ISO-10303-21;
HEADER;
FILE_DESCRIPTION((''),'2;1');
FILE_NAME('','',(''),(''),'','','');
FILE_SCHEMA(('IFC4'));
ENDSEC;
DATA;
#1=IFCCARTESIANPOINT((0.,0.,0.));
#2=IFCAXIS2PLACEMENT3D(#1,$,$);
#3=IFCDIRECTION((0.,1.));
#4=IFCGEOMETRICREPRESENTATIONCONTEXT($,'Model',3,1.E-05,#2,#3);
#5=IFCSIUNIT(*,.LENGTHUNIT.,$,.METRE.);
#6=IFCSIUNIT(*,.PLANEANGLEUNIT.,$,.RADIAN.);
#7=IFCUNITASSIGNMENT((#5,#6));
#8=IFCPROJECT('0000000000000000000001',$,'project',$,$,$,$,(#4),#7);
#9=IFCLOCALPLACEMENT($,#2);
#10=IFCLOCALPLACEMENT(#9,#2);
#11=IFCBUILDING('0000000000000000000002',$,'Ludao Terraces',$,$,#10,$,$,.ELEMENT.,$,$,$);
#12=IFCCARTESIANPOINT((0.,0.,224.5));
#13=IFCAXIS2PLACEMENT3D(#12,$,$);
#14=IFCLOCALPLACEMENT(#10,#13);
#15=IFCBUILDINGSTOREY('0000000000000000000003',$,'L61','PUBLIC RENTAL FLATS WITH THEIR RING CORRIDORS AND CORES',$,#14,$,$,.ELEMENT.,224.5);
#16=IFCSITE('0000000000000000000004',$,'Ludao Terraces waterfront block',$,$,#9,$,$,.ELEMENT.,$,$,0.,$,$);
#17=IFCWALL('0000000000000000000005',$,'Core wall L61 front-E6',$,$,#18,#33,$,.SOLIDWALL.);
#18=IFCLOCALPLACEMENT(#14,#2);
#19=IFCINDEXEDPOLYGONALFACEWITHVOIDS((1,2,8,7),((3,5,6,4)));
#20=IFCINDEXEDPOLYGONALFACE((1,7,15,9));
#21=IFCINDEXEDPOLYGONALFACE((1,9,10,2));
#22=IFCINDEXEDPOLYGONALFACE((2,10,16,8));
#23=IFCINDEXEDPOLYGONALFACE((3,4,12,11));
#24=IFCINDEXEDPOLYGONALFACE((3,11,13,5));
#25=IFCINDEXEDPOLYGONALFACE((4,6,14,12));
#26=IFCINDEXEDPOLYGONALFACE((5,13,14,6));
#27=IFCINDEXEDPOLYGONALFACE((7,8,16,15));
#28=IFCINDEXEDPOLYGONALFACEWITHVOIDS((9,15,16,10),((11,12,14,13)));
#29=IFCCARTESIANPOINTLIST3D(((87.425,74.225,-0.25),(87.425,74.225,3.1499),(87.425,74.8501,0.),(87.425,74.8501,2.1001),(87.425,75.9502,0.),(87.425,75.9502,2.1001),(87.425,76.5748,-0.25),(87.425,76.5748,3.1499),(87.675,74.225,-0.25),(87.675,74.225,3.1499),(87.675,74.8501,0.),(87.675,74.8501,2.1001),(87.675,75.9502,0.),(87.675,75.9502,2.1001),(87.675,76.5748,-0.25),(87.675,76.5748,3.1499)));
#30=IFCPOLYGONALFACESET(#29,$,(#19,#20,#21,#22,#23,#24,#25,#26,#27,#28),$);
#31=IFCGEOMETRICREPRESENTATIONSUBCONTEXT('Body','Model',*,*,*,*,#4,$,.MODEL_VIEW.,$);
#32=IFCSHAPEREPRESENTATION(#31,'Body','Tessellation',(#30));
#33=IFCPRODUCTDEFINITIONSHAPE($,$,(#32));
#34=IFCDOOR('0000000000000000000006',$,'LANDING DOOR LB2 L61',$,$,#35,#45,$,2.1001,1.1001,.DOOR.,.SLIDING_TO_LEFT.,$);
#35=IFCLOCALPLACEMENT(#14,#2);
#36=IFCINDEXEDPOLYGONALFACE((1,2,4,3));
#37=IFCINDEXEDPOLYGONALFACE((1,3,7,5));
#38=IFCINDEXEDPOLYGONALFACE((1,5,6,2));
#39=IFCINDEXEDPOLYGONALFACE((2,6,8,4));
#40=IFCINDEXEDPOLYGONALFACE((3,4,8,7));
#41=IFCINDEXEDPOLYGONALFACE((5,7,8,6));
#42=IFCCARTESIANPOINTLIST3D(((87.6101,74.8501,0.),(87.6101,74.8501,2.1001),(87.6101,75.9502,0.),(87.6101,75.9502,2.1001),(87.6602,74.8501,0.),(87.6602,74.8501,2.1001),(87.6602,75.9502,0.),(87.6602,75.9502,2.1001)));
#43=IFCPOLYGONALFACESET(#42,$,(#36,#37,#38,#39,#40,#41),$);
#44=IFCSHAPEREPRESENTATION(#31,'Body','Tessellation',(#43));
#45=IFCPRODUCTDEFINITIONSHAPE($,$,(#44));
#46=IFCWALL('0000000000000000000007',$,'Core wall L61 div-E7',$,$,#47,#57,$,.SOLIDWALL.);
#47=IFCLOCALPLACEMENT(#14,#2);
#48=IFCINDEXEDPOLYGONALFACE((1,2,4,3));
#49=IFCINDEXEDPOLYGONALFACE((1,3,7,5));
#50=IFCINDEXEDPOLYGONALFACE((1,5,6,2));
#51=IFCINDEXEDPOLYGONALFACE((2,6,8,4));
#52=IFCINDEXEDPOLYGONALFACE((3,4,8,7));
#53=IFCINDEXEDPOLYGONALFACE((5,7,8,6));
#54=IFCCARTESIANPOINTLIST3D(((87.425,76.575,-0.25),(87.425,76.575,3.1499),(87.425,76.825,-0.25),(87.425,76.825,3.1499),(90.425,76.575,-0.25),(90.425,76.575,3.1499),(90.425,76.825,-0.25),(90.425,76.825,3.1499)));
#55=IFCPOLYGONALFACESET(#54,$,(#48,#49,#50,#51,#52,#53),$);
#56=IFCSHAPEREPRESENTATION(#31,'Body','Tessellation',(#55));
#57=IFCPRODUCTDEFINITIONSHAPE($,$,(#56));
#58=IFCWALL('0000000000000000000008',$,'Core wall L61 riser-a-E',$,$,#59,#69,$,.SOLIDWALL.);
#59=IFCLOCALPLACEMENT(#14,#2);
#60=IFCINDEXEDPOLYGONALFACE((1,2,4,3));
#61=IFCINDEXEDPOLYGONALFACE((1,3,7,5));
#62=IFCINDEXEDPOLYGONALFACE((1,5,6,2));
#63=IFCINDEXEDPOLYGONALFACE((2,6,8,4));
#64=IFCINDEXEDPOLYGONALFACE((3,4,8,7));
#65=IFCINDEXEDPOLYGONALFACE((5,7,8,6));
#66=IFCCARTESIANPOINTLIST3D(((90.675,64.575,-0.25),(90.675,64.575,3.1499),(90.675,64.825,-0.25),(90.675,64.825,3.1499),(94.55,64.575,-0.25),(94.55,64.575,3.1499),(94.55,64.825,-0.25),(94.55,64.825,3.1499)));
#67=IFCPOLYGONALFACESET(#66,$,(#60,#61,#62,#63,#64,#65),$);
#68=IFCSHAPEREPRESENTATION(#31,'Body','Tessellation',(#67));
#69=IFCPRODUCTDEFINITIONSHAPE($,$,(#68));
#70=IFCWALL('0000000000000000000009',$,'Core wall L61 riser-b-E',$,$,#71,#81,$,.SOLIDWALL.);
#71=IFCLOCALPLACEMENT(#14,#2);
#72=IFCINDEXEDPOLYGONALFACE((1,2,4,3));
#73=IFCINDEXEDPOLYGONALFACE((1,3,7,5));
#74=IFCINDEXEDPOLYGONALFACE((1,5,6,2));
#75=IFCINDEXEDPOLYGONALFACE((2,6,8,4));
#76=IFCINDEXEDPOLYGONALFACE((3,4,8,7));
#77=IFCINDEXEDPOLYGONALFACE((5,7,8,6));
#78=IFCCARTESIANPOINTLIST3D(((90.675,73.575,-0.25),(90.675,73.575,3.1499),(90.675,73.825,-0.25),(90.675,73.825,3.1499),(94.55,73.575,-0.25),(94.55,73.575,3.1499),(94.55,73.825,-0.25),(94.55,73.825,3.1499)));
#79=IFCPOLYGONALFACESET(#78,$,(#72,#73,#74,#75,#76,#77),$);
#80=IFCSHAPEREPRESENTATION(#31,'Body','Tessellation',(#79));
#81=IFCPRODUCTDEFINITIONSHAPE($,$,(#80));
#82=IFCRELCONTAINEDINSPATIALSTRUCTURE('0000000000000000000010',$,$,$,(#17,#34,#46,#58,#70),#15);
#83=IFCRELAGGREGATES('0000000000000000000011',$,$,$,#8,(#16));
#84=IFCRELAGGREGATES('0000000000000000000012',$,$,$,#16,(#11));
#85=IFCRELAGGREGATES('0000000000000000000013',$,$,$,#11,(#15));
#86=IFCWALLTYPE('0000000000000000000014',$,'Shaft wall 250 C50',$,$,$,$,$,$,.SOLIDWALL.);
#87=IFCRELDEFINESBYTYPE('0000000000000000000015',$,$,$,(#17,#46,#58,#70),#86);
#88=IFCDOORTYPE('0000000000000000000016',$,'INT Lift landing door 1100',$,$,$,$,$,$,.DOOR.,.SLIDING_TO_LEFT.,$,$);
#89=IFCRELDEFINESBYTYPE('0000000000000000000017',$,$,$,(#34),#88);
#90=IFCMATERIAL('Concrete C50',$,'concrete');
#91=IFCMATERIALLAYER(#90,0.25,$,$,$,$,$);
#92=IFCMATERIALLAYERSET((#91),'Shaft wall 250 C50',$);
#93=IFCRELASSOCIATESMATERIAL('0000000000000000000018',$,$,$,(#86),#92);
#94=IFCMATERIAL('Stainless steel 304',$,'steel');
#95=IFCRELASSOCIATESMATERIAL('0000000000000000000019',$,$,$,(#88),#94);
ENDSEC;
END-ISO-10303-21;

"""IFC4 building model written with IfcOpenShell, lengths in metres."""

from ifc_helpers import new_model, si_unit, direction, frame, frame_2d, origin, place, context, subcontext, project, spatial, rectangle, extrude, material, layer, layer_set, type_object, element, fill, save


model = new_model("IFC4")

# Units and contexts
model_context = context("Model", 3, precision=1e-05, world=origin(), true_north=direction((0.0, 1.0)))
body_context = subcontext(model_context, "Body", "Model", "MODEL_VIEW")
ifc_project = project(units=[si_unit("LENGTHUNIT", "METRE"), si_unit("PLANEANGLEUNIT", "RADIAN")], contexts=[model_context])

# Site, building, storey
site_placement = place(None, origin())
site = spatial("IfcSite", under=ifc_project, at=site_placement, Name="Ludao Terraces waterfront block", CompositionType="ELEMENT", RefElevation=0.0)
building_placement = place(site_placement, origin())
building = spatial("IfcBuilding", under=site, at=building_placement, Name="Ludao Terraces", CompositionType="ELEMENT")
storey_placement = place(building_placement, frame((0.0, 0.0, 224.5)))
storey = spatial("IfcBuildingStorey", under=building, at=storey_placement, Name="L61", Description="PUBLIC RENTAL FLATS WITH THEIR RING CORRIDORS AND CORES", CompositionType="ELEMENT", Elevation=224.5)

# Shared definitions
ifc_material_1 = material(Name="Concrete C50", Category="concrete")
ifc_layer_1 = layer(ifc_material_1, 0.25)
ifc_layer_set_1 = layer_set([ifc_layer_1], Name="Shaft wall 250 C50")
wall_type_1 = type_object("IfcWallType", Name="Shaft wall 250 C50", PredefinedType="SOLIDWALL", material=ifc_layer_set_1)

# Shared definitions
ifc_material_2 = material(Name="Stainless steel 304", Category="steel")
door_type_1 = type_object("IfcDoorType", Name="INT Lift landing door 1100", OperationType="SLIDING_TO_LEFT", PredefinedType="DOOR", material=ifc_material_2)

# Wall, opening, door
wall_1_placement = place(storey_placement, frame((87.55, 74.2251, -0.25), z_axis=(0.0, 0.0, 1.0), x_axis=(0.0, 1.0, 0.0)))
wall_1 = element("IfcWall", 1, at=wall_1_placement, inside=storey, type_object=wall_type_1, Name="Core wall L61 front-E6", PredefinedType="SOLIDWALL", context=body_context, shape_type="SweptSolid", body=[
    extrude(rectangle(XDim=2.3499, YDim=0.25, at=frame_2d((1.1748, 0.0))), origin(), (0.0, 0.0, 1.0), 3.3999),
])
opening_1_placement = place(wall_1_placement, frame((0.625, 0.0, 0.25)))
opening_1 = element("IfcOpeningElement", 2, at=opening_1_placement, cuts=wall_1, PredefinedType="OPENING", context=body_context, shape_type="SweptSolid", body=[
    extrude(rectangle(XDim=1.1001, YDim=2.1001, at=frame_2d((0.55, 1.05))), frame((0.0, 0.135, 0.0), z_axis=(0.0, -1.0, 0.0), x_axis=(1.0, 0.0, 0.0)), (0.0, 0.0, 1.0), 0.27),
])
door_1_placement = place(opening_1_placement, origin())
door_1 = element("IfcDoor", 3, at=door_1_placement, inside=storey, type_object=door_type_1, Name="LANDING DOOR LB2 L61", OperationType="SLIDING_TO_LEFT", OverallHeight=2.1001, OverallWidth=1.1001, PredefinedType="DOOR", context=body_context, shape_type="SweptSolid", body=[
    extrude(rectangle(XDim=1.1001, YDim=2.1001, at=frame_2d((0.55, 1.05))), frame((0.0, -0.0601, 0.0), z_axis=(0.0, -1.0, 0.0), x_axis=(1.0, 0.0, 0.0)), (0.0, 0.0, 1.0), 0.05),
])
fill(opening_1, door_1)

# Walls
wall_2_placement = place(storey_placement, frame((87.425, 76.7, -0.25), z_axis=(0.0, 0.0, 1.0), x_axis=(1.0, 0.0, 0.0)))
element("IfcWall", 4, at=wall_2_placement, inside=storey, type_object=wall_type_1, Name="Core wall L61 div-E7", PredefinedType="SOLIDWALL", context=body_context, shape_type="SweptSolid", body=[
    extrude(rectangle(XDim=3.0, YDim=0.25, at=frame_2d((1.5, 0.0))), origin(), (0.0, 0.0, 1.0), 3.3999),
])
for number, where, z_axis, x_axis, name in (
    (5, (90.675, 64.7, -0.25), (0.0, 0.0, 1.0), (1.0, 0.0, 0.0), "Core wall L61 riser-a-E"),
    (6, (90.675, 73.7, -0.25), (0.0, 0.0, 1.0), (1.0, 0.0, 0.0), "Core wall L61 riser-b-E"),
):
    element("IfcWall", number, at=place(storey_placement, frame(where, z_axis=z_axis, x_axis=x_axis)), inside=storey, type_object=wall_type_1, Name=name, PredefinedType="SOLIDWALL", context=body_context, shape_type="SweptSolid", body=[
        extrude(rectangle(XDim=3.875, YDim=0.25, at=frame_2d((1.9375, 0.0))), origin(), (0.0, 0.0, 1.0), 3.3999),
    ])

save(model, "model.ifc")
